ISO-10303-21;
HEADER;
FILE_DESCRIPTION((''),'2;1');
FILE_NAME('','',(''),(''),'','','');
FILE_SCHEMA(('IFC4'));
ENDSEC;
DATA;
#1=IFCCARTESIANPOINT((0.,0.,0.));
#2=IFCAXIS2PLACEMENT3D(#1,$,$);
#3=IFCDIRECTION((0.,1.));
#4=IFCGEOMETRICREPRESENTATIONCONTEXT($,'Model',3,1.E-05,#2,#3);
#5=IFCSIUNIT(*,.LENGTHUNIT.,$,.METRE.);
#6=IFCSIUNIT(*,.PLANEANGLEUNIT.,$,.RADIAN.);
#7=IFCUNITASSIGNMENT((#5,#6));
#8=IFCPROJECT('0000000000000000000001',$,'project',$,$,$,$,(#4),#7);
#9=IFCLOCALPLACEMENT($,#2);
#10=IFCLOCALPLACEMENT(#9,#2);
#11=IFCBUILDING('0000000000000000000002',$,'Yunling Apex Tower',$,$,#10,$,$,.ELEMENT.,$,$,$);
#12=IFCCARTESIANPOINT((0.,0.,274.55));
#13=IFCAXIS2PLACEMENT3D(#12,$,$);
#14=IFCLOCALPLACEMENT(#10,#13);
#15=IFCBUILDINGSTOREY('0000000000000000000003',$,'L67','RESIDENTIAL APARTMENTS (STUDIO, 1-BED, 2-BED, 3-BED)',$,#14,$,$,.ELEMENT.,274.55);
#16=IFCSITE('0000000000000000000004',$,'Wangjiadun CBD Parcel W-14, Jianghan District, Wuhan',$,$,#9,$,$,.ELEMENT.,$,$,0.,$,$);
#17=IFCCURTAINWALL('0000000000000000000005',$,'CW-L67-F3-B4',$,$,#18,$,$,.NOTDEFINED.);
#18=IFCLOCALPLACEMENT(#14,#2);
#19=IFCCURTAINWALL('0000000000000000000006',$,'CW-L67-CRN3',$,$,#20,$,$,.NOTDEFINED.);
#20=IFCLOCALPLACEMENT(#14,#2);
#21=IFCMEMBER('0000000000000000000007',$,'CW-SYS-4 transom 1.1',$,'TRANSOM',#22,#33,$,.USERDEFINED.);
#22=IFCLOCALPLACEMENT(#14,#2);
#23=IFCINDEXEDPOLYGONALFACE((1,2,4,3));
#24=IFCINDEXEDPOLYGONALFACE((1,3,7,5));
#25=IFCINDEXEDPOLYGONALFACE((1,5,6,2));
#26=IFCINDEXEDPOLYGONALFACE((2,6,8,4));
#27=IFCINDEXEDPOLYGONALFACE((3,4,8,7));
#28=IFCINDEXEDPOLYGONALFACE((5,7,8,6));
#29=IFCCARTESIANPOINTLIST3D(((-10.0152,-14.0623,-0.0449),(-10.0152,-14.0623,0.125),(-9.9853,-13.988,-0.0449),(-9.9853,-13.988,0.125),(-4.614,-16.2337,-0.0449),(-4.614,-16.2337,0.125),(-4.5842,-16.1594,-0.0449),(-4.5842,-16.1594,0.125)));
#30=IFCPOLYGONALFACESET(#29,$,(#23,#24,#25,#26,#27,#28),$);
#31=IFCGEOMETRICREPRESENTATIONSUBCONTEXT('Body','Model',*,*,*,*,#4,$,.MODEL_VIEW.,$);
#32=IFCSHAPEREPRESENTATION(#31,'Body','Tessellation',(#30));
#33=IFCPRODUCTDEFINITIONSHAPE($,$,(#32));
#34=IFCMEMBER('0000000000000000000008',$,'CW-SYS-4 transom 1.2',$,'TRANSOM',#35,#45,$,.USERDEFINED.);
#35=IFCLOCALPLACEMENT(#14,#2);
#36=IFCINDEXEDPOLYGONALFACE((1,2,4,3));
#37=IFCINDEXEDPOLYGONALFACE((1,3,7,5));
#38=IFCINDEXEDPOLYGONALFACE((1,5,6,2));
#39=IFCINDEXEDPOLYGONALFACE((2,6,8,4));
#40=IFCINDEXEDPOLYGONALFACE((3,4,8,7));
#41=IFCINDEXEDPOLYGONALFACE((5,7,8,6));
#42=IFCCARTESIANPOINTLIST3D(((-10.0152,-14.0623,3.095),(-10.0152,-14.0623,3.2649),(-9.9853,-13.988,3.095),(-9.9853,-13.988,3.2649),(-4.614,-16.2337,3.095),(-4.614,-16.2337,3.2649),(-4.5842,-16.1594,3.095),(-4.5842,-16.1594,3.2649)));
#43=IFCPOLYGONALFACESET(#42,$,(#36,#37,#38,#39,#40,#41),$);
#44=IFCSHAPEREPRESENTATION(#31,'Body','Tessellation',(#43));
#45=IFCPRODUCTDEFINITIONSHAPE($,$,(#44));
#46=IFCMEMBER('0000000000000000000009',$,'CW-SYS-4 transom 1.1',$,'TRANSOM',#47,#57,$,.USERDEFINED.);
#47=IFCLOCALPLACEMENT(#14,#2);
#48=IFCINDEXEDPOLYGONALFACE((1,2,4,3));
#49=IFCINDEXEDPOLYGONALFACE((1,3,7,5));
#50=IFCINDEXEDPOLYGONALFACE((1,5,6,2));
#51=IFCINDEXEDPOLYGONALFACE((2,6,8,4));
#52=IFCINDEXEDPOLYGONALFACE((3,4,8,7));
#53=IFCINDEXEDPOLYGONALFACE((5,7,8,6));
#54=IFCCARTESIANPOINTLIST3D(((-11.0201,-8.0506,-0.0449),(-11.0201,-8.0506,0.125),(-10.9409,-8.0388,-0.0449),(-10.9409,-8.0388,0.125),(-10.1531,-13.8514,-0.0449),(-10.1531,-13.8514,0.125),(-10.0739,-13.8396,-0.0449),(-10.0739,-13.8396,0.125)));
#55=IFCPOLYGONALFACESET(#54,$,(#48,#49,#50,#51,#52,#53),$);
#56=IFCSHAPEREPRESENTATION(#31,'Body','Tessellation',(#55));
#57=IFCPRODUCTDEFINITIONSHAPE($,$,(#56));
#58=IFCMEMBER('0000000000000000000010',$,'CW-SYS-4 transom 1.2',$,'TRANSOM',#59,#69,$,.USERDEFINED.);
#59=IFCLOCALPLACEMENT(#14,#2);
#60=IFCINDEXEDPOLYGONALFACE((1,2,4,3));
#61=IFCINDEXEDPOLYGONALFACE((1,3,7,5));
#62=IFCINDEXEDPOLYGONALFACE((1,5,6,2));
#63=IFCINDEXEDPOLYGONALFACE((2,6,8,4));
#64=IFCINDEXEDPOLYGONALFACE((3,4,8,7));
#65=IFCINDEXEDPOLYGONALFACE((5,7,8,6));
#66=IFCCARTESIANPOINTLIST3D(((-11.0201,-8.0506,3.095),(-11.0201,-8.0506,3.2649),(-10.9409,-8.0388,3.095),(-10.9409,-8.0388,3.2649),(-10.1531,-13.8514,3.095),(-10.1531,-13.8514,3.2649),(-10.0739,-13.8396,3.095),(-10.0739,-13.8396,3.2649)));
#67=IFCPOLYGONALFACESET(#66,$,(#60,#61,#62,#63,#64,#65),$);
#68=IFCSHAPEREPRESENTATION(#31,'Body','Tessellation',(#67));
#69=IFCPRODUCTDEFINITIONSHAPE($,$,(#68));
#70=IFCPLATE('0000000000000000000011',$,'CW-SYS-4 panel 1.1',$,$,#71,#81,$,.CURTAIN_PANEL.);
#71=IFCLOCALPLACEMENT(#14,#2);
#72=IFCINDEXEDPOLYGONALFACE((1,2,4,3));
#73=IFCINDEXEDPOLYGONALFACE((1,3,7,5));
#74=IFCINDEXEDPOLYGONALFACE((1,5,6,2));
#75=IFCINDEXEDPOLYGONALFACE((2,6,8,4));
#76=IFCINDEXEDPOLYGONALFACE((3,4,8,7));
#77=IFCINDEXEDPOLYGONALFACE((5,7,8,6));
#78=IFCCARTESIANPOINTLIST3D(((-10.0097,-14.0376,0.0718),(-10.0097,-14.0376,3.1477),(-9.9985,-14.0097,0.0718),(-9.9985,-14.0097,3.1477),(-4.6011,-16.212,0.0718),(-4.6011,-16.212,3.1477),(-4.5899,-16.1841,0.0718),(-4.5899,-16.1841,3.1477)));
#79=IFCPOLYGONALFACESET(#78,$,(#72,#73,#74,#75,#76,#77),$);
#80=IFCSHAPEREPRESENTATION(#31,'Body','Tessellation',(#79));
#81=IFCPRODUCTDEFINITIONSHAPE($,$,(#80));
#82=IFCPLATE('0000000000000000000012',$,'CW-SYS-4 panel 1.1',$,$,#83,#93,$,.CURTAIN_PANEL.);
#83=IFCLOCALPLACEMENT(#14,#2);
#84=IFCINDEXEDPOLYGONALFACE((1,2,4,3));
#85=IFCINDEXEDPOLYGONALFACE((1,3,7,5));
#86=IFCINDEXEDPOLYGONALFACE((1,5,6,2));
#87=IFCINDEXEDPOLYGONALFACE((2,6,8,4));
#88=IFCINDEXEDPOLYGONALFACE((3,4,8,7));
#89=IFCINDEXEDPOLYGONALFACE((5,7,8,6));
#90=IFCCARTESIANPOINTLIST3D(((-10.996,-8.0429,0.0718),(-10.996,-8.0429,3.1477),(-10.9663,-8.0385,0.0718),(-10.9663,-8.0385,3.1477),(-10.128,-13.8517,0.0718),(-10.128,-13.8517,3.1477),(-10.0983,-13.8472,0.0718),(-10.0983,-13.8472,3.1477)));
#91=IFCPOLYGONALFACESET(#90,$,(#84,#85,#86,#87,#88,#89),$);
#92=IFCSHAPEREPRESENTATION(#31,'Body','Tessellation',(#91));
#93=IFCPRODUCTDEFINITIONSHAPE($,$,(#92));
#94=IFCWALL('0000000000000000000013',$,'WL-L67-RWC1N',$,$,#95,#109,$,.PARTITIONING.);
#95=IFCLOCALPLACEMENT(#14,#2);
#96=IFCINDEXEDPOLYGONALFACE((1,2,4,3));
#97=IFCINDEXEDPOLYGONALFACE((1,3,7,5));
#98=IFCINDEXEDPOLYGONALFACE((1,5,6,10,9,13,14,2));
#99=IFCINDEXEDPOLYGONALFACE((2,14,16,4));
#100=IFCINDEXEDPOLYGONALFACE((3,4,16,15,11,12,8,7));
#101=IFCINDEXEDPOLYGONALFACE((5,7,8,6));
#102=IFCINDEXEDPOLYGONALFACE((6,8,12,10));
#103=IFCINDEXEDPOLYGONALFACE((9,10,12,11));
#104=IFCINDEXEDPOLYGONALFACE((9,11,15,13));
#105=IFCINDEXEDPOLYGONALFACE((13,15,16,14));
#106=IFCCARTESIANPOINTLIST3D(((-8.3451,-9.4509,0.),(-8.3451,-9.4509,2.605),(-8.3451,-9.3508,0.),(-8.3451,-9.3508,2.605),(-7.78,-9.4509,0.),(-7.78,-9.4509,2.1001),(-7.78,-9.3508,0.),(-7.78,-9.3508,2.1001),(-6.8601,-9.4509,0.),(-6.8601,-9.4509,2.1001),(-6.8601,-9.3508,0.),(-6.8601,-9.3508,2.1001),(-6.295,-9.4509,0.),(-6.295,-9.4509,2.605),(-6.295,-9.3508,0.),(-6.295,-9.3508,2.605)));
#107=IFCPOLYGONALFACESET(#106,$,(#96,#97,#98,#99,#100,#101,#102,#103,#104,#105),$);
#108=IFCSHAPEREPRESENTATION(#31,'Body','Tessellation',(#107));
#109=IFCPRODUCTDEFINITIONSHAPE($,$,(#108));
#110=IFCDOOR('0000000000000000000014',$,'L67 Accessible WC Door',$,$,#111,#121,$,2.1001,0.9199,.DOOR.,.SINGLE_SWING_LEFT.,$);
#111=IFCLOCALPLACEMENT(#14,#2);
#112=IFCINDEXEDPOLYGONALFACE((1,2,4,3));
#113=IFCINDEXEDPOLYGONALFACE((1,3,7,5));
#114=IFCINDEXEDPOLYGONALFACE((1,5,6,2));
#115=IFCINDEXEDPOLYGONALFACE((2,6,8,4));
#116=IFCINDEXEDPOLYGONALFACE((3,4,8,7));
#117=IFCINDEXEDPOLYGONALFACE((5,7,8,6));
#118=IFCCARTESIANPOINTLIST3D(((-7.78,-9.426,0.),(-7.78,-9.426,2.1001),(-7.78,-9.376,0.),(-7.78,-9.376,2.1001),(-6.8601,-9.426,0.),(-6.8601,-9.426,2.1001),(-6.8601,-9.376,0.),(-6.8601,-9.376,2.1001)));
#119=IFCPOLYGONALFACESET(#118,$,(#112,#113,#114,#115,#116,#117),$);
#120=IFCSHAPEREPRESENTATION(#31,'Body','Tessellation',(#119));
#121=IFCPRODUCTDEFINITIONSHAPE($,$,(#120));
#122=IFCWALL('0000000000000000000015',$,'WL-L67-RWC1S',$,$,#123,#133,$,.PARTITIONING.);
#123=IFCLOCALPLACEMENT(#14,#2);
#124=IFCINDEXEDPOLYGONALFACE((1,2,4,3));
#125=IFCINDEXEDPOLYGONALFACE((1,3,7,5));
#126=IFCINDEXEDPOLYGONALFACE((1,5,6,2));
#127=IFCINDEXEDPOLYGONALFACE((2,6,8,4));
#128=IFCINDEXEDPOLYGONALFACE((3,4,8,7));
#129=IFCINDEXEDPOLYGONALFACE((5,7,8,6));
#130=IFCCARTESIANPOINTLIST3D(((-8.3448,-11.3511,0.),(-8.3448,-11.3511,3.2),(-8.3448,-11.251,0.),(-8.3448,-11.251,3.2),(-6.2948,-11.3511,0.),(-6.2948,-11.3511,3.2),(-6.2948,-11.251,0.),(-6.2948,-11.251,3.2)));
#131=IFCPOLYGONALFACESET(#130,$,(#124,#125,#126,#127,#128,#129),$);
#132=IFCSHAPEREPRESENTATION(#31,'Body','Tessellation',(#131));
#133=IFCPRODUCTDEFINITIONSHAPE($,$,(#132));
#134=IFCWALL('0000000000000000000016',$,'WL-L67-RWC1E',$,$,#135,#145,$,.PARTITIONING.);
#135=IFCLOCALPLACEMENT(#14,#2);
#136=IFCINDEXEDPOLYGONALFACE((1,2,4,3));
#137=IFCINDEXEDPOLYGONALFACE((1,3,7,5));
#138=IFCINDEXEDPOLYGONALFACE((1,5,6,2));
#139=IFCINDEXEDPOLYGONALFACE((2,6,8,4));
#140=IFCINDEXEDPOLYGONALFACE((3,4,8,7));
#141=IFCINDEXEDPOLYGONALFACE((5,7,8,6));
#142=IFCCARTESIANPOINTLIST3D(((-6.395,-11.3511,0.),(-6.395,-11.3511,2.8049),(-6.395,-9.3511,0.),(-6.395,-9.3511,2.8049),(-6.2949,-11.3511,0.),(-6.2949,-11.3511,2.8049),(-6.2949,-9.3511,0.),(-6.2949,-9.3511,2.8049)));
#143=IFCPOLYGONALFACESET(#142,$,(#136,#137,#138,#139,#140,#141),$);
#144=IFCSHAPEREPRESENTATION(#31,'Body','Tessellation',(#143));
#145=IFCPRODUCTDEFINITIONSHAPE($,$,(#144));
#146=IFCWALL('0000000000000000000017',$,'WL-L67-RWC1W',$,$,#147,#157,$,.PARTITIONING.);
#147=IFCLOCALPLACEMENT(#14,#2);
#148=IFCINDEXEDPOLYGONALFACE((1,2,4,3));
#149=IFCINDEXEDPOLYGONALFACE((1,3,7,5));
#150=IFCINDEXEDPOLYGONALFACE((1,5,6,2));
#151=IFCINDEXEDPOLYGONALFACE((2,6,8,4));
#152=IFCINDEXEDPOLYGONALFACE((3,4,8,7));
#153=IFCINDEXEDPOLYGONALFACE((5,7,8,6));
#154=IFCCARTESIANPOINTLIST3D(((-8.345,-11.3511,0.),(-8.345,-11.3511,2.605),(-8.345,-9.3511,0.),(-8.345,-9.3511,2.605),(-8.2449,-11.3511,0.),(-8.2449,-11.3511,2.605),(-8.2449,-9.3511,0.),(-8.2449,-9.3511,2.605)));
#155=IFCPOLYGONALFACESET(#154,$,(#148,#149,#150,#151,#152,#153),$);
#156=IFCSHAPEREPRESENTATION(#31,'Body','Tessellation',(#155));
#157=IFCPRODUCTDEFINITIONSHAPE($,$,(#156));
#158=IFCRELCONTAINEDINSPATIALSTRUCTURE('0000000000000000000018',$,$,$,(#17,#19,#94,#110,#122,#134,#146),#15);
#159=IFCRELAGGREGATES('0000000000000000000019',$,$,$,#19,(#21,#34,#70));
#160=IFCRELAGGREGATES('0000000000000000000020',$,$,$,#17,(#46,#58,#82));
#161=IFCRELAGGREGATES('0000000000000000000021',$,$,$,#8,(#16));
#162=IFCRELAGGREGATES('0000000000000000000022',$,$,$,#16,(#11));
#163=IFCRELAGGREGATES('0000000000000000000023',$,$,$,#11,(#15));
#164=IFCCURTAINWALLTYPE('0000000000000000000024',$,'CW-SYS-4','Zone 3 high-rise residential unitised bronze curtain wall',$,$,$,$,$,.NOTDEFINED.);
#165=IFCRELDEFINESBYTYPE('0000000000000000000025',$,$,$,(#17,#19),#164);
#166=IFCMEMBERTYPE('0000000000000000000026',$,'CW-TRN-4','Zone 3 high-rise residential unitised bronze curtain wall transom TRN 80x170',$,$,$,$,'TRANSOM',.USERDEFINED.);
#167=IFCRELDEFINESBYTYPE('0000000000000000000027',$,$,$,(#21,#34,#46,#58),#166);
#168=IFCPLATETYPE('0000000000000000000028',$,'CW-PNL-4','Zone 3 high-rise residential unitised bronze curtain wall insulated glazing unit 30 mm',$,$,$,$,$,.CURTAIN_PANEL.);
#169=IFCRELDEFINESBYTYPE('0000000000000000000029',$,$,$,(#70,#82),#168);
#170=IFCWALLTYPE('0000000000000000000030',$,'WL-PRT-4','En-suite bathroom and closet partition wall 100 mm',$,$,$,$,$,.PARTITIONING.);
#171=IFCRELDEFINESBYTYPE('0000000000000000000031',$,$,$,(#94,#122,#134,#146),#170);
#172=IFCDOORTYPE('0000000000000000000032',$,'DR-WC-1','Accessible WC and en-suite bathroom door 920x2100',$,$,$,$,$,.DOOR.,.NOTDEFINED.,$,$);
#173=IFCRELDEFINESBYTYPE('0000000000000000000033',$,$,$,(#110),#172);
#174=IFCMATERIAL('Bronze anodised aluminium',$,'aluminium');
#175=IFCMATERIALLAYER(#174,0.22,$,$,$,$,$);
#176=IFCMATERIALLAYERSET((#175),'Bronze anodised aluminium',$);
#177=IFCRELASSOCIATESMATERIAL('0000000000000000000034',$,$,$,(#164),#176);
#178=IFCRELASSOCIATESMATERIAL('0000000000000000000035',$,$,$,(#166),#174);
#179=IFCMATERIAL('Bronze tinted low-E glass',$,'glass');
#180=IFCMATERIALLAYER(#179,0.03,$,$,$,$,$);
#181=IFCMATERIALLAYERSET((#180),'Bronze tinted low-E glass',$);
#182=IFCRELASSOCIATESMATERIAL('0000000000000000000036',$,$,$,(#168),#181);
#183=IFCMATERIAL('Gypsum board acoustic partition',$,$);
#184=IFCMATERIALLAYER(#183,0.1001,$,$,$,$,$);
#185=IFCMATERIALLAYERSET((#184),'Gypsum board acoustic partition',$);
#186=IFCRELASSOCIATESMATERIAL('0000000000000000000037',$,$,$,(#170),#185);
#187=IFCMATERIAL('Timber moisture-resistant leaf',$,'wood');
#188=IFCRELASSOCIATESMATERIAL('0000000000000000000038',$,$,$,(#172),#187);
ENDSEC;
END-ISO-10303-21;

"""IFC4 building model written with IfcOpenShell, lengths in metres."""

from ifc_helpers import new_model, si_unit, direction, frame, frame_2d, origin, origin_2d, place, context, subcontext, project, spatial, rectangle, extrude, source, transform, mapped, material, layer, layer_set, material_profile, profile_set, type_object, element, fill, aggregate, save


model = new_model("IFC4")

# Units and contexts
model_context = context("Model", 3, precision=1e-05, world=origin(), true_north=direction((0.0, 1.0)))
body_context = subcontext(model_context, "Body", "Model", "MODEL_VIEW")
ifc_project = project(units=[si_unit("LENGTHUNIT", "METRE"), si_unit("PLANEANGLEUNIT", "RADIAN")], contexts=[model_context])

# Site, building, storey
site_placement = place(None, origin())
site = spatial("IfcSite", under=ifc_project, at=site_placement, Name="Wangjiadun CBD Parcel W-14, Jianghan District, Wuhan", CompositionType="ELEMENT", RefElevation=0.0)
building_placement = place(site_placement, origin())
building = spatial("IfcBuilding", under=site, at=building_placement, Name="Yunling Apex Tower", CompositionType="ELEMENT")
storey_placement = place(building_placement, frame((0.0, 0.0, 274.55)))
storey = spatial("IfcBuildingStorey", under=building, at=storey_placement, Name="L67", Description="RESIDENTIAL APARTMENTS (STUDIO, 1-BED, 2-BED, 3-BED)", CompositionType="ELEMENT", Elevation=274.55)

# Shared definitions
ifc_material_1 = material(Name="Bronze anodised aluminium", Category="aluminium")
ifc_layer_1 = layer(ifc_material_1, 0.22)
ifc_layer_set_1 = layer_set([ifc_layer_1], Name="Bronze anodised aluminium")
curtain_wall_type = type_object("IfcCurtainWallType", Name="CW-SYS-4", Description="Zone 3 high-rise residential unitised bronze curtain wall", PredefinedType="NOTDEFINED", material=ifc_layer_set_1)

# Curtain walls
curtain_wall_1_placement = place(storey_placement, origin())
curtain_wall_1 = element("IfcCurtainWall", 1, at=curtain_wall_1_placement, inside=storey, type_object=curtain_wall_type, Name="CW-L67-F3-B4", PredefinedType="NOTDEFINED")
curtain_wall_2_placement = place(storey_placement, origin())
curtain_wall_2 = element("IfcCurtainWall", 2, at=curtain_wall_2_placement, inside=storey, type_object=curtain_wall_type, Name="CW-L67-CRN3", PredefinedType="NOTDEFINED")

# Members
ifc_material_profile_1 = material_profile(ifc_material_1, rectangle(XDim=0.0801, YDim=0.1699, at=origin_2d()))
ifc_profile_set_1 = profile_set([ifc_material_profile_1], Name="Bronze anodised aluminium")
member_type_1 = type_object("IfcMemberType", Name="CW-TRN-4", Description="Zone 3 high-rise residential unitised bronze curtain wall transom TRN 80x170", ElementType="TRANSOM", PredefinedType="USERDEFINED", material=ifc_profile_set_1)
shared_shape_1 = source(origin(), body_context, "Body", "SweptSolid", [
    extrude(rectangle(XDim=0.0801, YDim=0.1699, at=origin_2d()), origin(), (0.0, 0.0, 1.0), 5.8213),
])
member_1_placement = place(storey_placement, frame((-10.0002, -14.0251, 0.04), z_axis=(0.927827, -0.37301, 0.0), x_axis=(0.37301, 0.927827, 0.0)))
member_1 = element("IfcMember", 3, at=member_1_placement, type_object=member_type_1, Name="CW-SYS-4 transom 1.1", ObjectType="TRANSOM", PredefinedType="USERDEFINED", context=body_context, shape_type="MappedRepresentation", body=[
    mapped(shared_shape_1, transform((0.0, 0.0, 0.0), scale=1.0)),
])
member_2_placement = place(storey_placement, frame((-10.0002, -14.0251, 3.1799), z_axis=(0.927827, -0.37301, 0.0), x_axis=(0.37301, 0.927827, 0.0)))
member_2 = element("IfcMember", 4, at=member_2_placement, type_object=member_type_1, Name="CW-SYS-4 transom 1.2", ObjectType="TRANSOM", PredefinedType="USERDEFINED", context=body_context, shape_type="MappedRepresentation", body=[
    mapped(shared_shape_1, transform((0.0, 0.0, 0.0), scale=1.0)),
])
shared_shape_2 = source(origin(), body_context, "Body", "SweptSolid", [
    extrude(rectangle(XDim=0.0801, YDim=0.1699, at=origin_2d()), origin(), (0.0, 0.0, 1.0), 5.8652),
])
member_3_placement = place(storey_placement, frame((-10.9805, -8.0447, 0.04), z_axis=(0.147811, -0.989016, 0.0), x_axis=(0.989016, 0.147811, 0.0)))
member_3 = element("IfcMember", 5, at=member_3_placement, type_object=member_type_1, Name="CW-SYS-4 transom 1.1", ObjectType="TRANSOM", PredefinedType="USERDEFINED", context=body_context, shape_type="MappedRepresentation", body=[
    mapped(shared_shape_2, transform((0.0, 0.0, 0.0), scale=1.0)),
])
member_4_placement = place(storey_placement, frame((-10.9805, -8.0447, 3.1799), z_axis=(0.147811, -0.989016, 0.0), x_axis=(0.989016, 0.147811, 0.0)))
member_4 = element("IfcMember", 6, at=member_4_placement, type_object=member_type_1, Name="CW-SYS-4 transom 1.2", ObjectType="TRANSOM", PredefinedType="USERDEFINED", context=body_context, shape_type="MappedRepresentation", body=[
    mapped(shared_shape_2, transform((0.0, 0.0, 0.0), scale=1.0)),
])

# Plates
ifc_material_2 = material(Name="Bronze tinted low-E glass", Category="glass")
ifc_layer_2 = layer(ifc_material_2, 0.03)
ifc_layer_set_2 = layer_set([ifc_layer_2], Name="Bronze tinted low-E glass")
plate_type = type_object("IfcPlateType", Name="CW-PNL-4", Description="Zone 3 high-rise residential unitised bronze curtain wall insulated glazing unit 30 mm", PredefinedType="CURTAIN_PANEL", material=ifc_layer_set_2)
shared_shape_3 = source(origin(), body_context, "Body", "SweptSolid", [
    extrude(rectangle(XDim=5.8293, YDim=0.03, at=origin_2d()), origin(), (0.0, 0.0, 1.0), 3.0759),
])
plate_1_placement = place(storey_placement, frame((-7.2998, -15.1108, 0.0718), z_axis=(0.0, 0.0, 1.0), x_axis=(0.927828, -0.373009, 0.0)))
plate_1 = element("IfcPlate", 7, at=plate_1_placement, type_object=plate_type, Name="CW-SYS-4 panel 1.1", PredefinedType="CURTAIN_PANEL", context=body_context, shape_type="MappedRepresentation", body=[
    mapped(shared_shape_3, transform((0.0, 0.0, 0.0), scale=1.0)),
])
aggregate(curtain_wall_2, [member_1, member_2, plate_1])
shared_shape_4 = source(origin(), body_context, "Body", "SweptSolid", [
    extrude(rectangle(XDim=5.8733, YDim=0.03, at=origin_2d()), origin(), (0.0, 0.0, 1.0), 3.0759),
])
plate_2_placement = place(storey_placement, frame((-10.5471, -10.9451, 0.0718), z_axis=(0.0, 0.0, 1.0), x_axis=(0.147791, -0.989019, 0.0)))
plate_2 = element("IfcPlate", 8, at=plate_2_placement, type_object=plate_type, Name="CW-SYS-4 panel 1.1", PredefinedType="CURTAIN_PANEL", context=body_context, shape_type="MappedRepresentation", body=[
    mapped(shared_shape_4, transform((0.0, 0.0, 0.0), scale=1.0)),
])
aggregate(curtain_wall_1, [member_3, member_4, plate_2])

# Wall, opening, door
ifc_material_3 = material(Name="Gypsum board acoustic partition")
ifc_layer_3 = layer(ifc_material_3, 0.1001)
ifc_layer_set_3 = layer_set([ifc_layer_3], Name="Gypsum board acoustic partition")
wall_type = type_object("IfcWallType", Name="WL-PRT-4", Description="En-suite bathroom and closet partition wall 100 mm", PredefinedType="PARTITIONING", material=ifc_layer_set_3)
wall_1_placement = place(storey_placement, frame((-8.345, -9.4009, 0.0), z_axis=(0.0, 0.0, 1.0), x_axis=(1.0, 0.0, 0.0)))
wall_1 = element("IfcWall", 9, at=wall_1_placement, inside=storey, type_object=wall_type, Name="WL-L67-RWC1N", PredefinedType="PARTITIONING", context=body_context, shape_type="SweptSolid", body=[
    extrude(rectangle(XDim=2.05, YDim=0.1001, at=frame_2d((1.0249, 0.0))), origin(), (0.0, 0.0, 1.0), 2.605),
])
opening_placement = place(wall_1_placement, frame((0.5649, 0.0, 0.0)))
opening = element("IfcOpeningElement", 10, at=opening_placement, cuts=wall_1, PredefinedType="OPENING", context=body_context, shape_type="SweptSolid", body=[
    extrude(rectangle(XDim=0.9199, YDim=2.1001, at=frame_2d((0.46, 1.05))), frame((0.0, 0.0601, 0.0), z_axis=(0.0, -1.0, 0.0), x_axis=(1.0, 0.0, 0.0)), (0.0, 0.0, 1.0), 0.1201),
])
ifc_material_4 = material(Name="Timber moisture-resistant leaf", Category="wood")
door_type = type_object("IfcDoorType", Name="DR-WC-1", Description="Accessible WC and en-suite bathroom door 920x2100", OperationType="NOTDEFINED", PredefinedType="DOOR", material=ifc_material_4)
door_placement = place(opening_placement, origin())
door = element("IfcDoor", 11, at=door_placement, inside=storey, type_object=door_type, Name="L67 Accessible WC Door", OperationType="SINGLE_SWING_LEFT", OverallHeight=2.1001, OverallWidth=0.9199, PredefinedType="DOOR", context=body_context, shape_type="SweptSolid", body=[
    extrude(rectangle(XDim=0.9199, YDim=2.1001, at=frame_2d((0.46, 1.05))), frame((0.0, 0.0249, 0.0), z_axis=(0.0, -1.0, 0.0), x_axis=(1.0, 0.0, 0.0)), (0.0, 0.0, 1.0), 0.05),
])
fill(opening, door)

# Walls
wall_2_placement = place(storey_placement, frame((-6.2949, -11.301, 0.0), z_axis=(0.0, 0.0, 1.0), x_axis=(-1.0, 0.0, 0.0)))
element("IfcWall", 12, at=wall_2_placement, inside=storey, type_object=wall_type, Name="WL-L67-RWC1S", PredefinedType="PARTITIONING", context=body_context, shape_type="SweptSolid", body=[
    extrude(rectangle(XDim=2.05, YDim=0.1001, at=frame_2d((1.0249, 0.0))), origin(), (0.0, 0.0, 1.0), 3.2),
])
wall_3_placement = place(storey_placement, frame((-6.345, -9.3511, 0.0), z_axis=(0.0, 0.0, 1.0), x_axis=(0.0, -1.0, 0.0)))
element("IfcWall", 13, at=wall_3_placement, inside=storey, type_object=wall_type, Name="WL-L67-RWC1E", PredefinedType="PARTITIONING", context=body_context, shape_type="SweptSolid", body=[
    extrude(rectangle(XDim=2.0, YDim=0.1001, at=frame_2d((1.0, 0.0))), origin(), (0.0, 0.0, 1.0), 2.8049),
])
wall_4_placement = place(storey_placement, frame((-8.2949, -11.3511, 0.0), z_axis=(0.0, 0.0, 1.0), x_axis=(0.0, 1.0, 0.0)))
element("IfcWall", 14, at=wall_4_placement, inside=storey, type_object=wall_type, Name="WL-L67-RWC1W", PredefinedType="PARTITIONING", context=body_context, shape_type="SweptSolid", body=[
    extrude(rectangle(XDim=2.0, YDim=0.1001, at=frame_2d((1.0, 0.0))), origin(), (0.0, 0.0, 1.0), 2.605),
])

save(model, "model.ifc")
